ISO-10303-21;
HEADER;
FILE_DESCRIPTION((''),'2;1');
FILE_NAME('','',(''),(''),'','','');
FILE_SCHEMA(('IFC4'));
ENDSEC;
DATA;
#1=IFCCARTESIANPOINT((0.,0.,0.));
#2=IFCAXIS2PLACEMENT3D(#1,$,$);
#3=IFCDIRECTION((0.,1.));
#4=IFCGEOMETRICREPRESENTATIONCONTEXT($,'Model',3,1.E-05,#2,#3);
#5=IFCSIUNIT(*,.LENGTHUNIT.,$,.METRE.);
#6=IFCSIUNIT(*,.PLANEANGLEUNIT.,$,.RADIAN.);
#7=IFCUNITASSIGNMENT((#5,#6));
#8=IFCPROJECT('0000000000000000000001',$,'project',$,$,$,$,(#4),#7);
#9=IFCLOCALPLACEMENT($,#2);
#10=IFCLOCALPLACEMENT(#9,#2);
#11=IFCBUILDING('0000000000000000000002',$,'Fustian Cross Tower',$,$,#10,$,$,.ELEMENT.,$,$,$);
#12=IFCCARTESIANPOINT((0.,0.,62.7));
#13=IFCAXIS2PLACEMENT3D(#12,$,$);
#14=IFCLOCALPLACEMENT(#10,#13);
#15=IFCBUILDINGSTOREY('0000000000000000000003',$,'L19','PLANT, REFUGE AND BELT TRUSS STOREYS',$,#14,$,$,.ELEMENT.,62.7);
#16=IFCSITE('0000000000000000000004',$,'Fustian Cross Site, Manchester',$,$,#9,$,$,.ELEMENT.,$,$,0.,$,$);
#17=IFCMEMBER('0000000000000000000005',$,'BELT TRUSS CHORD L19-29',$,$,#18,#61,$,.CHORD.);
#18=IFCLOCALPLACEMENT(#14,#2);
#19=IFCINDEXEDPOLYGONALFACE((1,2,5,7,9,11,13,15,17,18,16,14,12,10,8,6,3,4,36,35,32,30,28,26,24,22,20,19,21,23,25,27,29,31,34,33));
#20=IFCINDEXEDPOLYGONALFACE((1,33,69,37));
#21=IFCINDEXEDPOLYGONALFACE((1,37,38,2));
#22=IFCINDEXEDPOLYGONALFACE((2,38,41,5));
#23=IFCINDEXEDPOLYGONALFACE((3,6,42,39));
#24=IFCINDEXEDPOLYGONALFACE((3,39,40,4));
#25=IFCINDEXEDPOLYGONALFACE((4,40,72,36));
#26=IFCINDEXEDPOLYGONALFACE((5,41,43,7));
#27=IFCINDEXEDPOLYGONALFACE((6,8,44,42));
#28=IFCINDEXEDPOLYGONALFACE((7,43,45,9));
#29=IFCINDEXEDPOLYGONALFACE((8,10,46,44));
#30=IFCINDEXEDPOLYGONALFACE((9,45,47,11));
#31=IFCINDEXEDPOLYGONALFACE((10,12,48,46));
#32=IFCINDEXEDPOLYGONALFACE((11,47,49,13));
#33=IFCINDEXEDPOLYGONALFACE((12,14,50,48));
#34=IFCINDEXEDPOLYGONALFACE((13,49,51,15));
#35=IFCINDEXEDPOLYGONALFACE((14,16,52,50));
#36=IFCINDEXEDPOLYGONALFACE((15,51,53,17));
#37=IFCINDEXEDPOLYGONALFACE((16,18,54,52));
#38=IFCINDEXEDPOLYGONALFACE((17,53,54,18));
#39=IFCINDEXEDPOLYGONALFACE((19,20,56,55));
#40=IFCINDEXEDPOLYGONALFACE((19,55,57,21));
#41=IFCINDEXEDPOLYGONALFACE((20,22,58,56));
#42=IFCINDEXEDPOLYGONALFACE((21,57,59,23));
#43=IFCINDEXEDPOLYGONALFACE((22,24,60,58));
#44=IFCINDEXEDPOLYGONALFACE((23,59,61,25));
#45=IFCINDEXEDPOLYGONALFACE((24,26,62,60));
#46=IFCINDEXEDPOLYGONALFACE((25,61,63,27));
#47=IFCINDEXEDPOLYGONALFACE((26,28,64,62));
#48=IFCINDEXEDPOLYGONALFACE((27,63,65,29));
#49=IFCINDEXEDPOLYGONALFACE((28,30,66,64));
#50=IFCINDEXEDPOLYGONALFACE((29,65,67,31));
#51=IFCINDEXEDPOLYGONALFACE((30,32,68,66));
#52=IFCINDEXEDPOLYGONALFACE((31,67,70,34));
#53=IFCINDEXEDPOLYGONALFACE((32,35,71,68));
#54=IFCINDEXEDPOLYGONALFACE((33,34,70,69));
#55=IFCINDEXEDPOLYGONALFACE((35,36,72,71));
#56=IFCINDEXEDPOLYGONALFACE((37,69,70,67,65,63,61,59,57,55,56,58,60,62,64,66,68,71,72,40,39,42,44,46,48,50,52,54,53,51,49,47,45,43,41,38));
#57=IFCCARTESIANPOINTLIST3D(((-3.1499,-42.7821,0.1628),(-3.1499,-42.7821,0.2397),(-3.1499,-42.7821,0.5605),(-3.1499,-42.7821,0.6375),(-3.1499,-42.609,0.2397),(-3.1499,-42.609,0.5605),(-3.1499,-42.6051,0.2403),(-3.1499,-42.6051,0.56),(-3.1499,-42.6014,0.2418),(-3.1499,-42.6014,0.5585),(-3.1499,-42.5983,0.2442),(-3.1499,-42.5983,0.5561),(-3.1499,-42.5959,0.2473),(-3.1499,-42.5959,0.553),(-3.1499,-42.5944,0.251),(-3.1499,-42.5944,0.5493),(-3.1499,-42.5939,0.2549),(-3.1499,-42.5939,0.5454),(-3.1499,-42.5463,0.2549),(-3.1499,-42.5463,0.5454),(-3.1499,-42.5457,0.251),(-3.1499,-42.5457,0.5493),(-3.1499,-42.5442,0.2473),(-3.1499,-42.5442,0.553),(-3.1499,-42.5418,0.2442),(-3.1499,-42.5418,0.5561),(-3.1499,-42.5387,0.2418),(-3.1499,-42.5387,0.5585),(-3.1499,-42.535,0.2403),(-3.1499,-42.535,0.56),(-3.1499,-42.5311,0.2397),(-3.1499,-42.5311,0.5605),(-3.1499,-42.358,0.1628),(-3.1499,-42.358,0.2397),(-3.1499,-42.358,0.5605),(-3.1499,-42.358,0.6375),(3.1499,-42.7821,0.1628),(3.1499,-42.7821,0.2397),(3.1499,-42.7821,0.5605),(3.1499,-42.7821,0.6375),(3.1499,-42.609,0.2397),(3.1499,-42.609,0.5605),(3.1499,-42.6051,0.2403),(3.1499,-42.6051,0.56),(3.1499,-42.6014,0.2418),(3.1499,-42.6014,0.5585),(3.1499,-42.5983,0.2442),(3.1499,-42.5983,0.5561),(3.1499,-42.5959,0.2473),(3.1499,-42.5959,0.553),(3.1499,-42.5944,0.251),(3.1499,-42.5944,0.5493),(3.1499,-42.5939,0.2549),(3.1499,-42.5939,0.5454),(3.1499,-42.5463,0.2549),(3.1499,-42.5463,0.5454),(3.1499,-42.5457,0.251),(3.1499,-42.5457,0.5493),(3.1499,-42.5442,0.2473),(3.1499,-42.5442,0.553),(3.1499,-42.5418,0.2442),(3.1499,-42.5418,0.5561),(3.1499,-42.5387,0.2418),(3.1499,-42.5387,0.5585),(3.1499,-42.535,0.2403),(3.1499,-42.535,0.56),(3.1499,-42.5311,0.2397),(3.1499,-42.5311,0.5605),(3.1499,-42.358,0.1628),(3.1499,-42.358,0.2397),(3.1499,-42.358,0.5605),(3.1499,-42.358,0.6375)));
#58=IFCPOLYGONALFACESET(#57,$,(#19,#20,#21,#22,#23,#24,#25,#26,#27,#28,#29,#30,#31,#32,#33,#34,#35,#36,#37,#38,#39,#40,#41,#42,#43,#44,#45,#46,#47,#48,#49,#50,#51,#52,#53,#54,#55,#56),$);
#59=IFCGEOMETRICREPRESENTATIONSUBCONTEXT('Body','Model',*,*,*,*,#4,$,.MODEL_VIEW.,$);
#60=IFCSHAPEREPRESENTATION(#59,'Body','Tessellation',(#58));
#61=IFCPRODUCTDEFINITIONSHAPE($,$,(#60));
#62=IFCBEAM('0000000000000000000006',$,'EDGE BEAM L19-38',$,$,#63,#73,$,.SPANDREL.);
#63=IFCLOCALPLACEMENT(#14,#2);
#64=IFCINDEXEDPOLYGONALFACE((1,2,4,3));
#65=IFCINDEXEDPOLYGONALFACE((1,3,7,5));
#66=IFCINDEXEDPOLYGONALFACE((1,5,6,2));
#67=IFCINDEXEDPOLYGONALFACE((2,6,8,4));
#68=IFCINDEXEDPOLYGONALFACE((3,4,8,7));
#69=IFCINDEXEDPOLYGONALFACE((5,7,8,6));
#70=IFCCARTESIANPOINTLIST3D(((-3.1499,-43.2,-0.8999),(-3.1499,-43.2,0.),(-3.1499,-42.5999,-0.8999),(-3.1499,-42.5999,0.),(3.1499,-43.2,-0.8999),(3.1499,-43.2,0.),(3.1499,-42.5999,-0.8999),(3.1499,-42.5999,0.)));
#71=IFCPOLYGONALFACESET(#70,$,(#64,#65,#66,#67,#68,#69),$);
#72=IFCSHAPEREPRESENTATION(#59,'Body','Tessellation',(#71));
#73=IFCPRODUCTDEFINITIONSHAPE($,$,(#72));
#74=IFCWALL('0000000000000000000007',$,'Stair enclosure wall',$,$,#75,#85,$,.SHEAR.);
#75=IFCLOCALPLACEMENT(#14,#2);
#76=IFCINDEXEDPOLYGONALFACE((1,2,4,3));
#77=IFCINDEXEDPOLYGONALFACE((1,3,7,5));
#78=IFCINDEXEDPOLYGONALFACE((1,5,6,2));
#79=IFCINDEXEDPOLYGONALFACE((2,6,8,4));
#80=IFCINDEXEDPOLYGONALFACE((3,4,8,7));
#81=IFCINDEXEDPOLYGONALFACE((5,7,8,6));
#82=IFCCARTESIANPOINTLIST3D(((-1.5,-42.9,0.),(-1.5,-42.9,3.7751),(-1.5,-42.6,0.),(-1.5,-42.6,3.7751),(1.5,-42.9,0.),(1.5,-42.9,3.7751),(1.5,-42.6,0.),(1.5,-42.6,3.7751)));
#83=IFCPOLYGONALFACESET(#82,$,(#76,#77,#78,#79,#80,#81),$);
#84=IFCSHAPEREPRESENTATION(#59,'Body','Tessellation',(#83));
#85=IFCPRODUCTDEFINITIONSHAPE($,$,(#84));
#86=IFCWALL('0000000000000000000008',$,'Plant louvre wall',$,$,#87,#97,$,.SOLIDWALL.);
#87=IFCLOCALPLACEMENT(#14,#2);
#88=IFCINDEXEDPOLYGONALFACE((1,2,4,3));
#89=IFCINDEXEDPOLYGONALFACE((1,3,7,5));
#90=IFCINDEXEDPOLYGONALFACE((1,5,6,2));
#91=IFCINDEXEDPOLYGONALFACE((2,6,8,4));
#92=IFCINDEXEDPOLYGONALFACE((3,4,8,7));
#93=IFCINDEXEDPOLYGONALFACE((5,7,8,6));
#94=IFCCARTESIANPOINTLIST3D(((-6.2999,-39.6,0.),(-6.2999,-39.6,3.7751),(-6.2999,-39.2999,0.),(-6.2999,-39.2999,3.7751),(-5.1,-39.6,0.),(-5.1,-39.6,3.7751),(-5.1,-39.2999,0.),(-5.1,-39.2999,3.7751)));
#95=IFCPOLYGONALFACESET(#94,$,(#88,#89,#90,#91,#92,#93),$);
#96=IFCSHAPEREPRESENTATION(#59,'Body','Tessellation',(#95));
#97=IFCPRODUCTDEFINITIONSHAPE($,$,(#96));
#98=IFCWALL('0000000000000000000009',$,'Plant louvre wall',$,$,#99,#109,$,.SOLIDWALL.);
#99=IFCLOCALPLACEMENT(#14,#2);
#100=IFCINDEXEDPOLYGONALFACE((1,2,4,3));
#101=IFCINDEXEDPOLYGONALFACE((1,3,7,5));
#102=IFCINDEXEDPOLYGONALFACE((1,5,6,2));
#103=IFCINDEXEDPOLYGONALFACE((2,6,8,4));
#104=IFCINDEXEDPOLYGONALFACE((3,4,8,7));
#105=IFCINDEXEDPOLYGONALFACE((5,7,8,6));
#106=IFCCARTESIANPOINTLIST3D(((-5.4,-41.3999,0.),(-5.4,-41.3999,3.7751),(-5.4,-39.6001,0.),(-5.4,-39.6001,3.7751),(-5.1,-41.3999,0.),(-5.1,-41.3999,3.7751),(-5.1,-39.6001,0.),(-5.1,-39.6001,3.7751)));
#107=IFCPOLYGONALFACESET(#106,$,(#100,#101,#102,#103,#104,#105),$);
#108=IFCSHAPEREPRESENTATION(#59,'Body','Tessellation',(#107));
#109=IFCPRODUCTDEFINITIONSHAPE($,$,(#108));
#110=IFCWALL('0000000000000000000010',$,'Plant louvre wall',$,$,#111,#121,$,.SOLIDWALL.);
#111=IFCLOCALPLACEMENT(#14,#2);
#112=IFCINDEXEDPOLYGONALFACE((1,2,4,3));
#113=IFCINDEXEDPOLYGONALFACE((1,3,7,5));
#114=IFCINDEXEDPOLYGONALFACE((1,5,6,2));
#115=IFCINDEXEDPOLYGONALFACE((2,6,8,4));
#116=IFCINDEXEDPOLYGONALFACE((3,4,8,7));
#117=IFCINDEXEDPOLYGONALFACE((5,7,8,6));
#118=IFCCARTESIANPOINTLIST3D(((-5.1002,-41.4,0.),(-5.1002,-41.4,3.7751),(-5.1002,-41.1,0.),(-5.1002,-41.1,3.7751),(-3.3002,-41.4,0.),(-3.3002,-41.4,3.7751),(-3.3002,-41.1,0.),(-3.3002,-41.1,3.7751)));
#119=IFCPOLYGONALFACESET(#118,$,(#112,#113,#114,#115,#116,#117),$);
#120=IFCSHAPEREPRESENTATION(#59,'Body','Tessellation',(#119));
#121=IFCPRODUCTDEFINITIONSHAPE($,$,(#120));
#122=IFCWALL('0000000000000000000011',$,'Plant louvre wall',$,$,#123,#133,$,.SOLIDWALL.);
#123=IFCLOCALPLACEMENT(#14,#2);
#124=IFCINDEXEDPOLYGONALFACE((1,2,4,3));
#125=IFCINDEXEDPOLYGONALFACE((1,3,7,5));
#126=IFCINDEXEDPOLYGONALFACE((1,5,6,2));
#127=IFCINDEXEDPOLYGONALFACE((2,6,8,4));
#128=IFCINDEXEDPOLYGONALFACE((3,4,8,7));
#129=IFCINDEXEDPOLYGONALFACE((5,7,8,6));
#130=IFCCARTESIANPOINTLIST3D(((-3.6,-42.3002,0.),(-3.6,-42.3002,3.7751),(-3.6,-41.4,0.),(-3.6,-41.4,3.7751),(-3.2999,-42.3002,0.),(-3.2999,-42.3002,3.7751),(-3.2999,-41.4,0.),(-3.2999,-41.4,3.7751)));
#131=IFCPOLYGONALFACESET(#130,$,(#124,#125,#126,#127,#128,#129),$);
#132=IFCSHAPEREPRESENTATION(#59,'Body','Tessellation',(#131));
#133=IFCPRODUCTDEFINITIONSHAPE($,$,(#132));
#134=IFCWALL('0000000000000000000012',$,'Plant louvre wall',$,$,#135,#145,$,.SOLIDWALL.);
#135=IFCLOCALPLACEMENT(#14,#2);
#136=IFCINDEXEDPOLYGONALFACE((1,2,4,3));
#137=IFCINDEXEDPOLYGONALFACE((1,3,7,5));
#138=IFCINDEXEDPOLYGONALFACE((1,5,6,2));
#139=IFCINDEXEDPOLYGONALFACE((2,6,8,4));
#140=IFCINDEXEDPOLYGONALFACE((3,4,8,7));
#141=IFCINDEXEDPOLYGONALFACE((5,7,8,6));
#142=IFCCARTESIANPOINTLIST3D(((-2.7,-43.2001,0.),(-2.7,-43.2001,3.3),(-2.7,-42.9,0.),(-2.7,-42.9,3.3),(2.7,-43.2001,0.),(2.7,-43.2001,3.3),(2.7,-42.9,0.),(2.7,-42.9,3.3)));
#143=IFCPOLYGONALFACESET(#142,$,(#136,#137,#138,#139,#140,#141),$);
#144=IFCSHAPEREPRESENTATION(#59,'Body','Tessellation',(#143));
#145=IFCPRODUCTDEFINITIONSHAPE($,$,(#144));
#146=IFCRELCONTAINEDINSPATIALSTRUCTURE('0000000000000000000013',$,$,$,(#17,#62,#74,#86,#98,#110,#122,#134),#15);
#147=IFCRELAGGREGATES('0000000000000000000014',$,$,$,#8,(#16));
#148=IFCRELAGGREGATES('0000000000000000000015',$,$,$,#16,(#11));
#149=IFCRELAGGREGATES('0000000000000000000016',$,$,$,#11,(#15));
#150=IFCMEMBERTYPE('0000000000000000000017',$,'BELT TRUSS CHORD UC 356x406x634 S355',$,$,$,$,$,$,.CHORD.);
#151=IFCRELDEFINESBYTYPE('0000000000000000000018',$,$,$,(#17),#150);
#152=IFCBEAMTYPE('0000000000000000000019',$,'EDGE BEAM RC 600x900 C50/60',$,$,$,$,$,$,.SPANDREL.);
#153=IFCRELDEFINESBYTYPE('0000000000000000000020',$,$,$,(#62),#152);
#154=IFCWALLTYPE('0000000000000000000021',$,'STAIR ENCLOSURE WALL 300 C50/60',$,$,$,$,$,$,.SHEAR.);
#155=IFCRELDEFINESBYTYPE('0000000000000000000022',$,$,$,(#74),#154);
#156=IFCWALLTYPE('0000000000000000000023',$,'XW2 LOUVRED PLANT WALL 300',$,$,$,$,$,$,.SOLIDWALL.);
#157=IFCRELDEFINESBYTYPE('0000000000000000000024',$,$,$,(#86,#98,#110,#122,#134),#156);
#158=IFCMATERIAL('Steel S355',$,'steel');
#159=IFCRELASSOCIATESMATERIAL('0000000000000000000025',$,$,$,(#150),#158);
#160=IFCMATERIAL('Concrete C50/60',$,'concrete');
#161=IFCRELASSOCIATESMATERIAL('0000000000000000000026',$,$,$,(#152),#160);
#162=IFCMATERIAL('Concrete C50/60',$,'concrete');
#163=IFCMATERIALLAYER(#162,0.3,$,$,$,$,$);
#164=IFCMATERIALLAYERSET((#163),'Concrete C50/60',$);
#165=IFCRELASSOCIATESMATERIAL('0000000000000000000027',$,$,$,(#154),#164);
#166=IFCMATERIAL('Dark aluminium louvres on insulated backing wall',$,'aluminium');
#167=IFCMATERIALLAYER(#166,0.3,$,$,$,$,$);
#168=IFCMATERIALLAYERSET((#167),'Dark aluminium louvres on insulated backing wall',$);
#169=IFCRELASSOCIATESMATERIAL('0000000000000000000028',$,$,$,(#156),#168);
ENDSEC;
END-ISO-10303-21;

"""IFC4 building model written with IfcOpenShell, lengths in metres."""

from ifc_helpers import new_model, si_unit, direction, frame, frame_2d, origin, origin_2d, place, context, subcontext, project, spatial, rectangle, i_section, extrude, material, layer, layer_set, material_profile, profile_set, type_object, element, save


model = new_model("IFC4")

# Units and contexts
model_context = context("Model", 3, precision=1e-05, world=origin(), true_north=direction((0.0, 1.0)))
body_context = subcontext(model_context, "Body", "Model", "MODEL_VIEW")
ifc_project = project(units=[si_unit("LENGTHUNIT", "METRE"), si_unit("PLANEANGLEUNIT", "RADIAN")], contexts=[model_context])

# Site, building, storey
site_placement = place(None, origin())
site = spatial("IfcSite", under=ifc_project, at=site_placement, Name="Fustian Cross Site, Manchester", CompositionType="ELEMENT", RefElevation=0.0)
building_placement = place(site_placement, origin())
building = spatial("IfcBuilding", under=site, at=building_placement, Name="Fustian Cross Tower", CompositionType="ELEMENT")
storey_placement = place(building_placement, frame((0.0, 0.0, 62.7)))
storey = spatial("IfcBuildingStorey", under=building, at=storey_placement, Name="L19", Description="PLANT, REFUGE AND BELT TRUSS STOREYS", CompositionType="ELEMENT", Elevation=62.7)

# Member
ifc_material_1 = material(Name="Steel S355", Category="steel")
ifc_material_profile_1 = material_profile(ifc_material_1, i_section(OverallWidth=0.4241, OverallDepth=0.4746, WebThickness=0.0476, FlangeThickness=0.0769, FilletRadius=0.0151, at=origin_2d()), Name="UC 356x406x634")
ifc_profile_set_1 = profile_set([ifc_material_profile_1], Name="Steel S355")
member_type_1 = type_object("IfcMemberType", Name="BELT TRUSS CHORD UC 356x406x634 S355", PredefinedType="CHORD", material=ifc_profile_set_1)
for number, where, z_axis, x_axis, name in (
    (1, (-3.1499, -42.5701, 0.4001), (1.0, 0.0, 0.0), (0.0, 1.0, 0.0), "BELT TRUSS CHORD L19-29"),
):
    element("IfcMember", number, at=place(storey_placement, frame(where, z_axis=z_axis, x_axis=x_axis)), inside=storey, type_object=member_type_1, Name=name, PredefinedType="CHORD", context=body_context, shape_type="SweptSolid", body=[
        extrude(i_section(OverallWidth=0.4241, OverallDepth=0.4746, WebThickness=0.0476, FlangeThickness=0.0769, FilletRadius=0.0151, at=origin_2d()), origin(), (0.0, 0.0, 1.0), 6.2998),
    ])

# Beam
ifc_material_2 = material(Name="Concrete C50/60", Category="concrete")
ifc_material_profile_2 = material_profile(ifc_material_2, rectangle(XDim=0.6001, YDim=0.8999, at=origin_2d()), Name="RC 600x900")
ifc_profile_set_2 = profile_set([ifc_material_profile_2], Name="Concrete C50/60")
beam_type = type_object("IfcBeamType", Name="EDGE BEAM RC 600x900 C50/60", PredefinedType="SPANDREL", material=ifc_profile_set_2)
beam_placement = place(storey_placement, frame((-3.1499, -42.8999, -0.45), z_axis=(1.0, 0.0, 0.0), x_axis=(0.0, 1.0, 0.0)))
element("IfcBeam", 2, at=beam_placement, inside=storey, type_object=beam_type, Name="EDGE BEAM L19-38", PredefinedType="SPANDREL", context=body_context, shape_type="SweptSolid", body=[
    extrude(rectangle(XDim=0.6001, YDim=0.8999, at=origin_2d()), origin(), (0.0, 0.0, 1.0), 6.2998),
])

# Walls
ifc_material_3 = material(Name="Concrete C50/60", Category="concrete")
ifc_layer_1 = layer(ifc_material_3, 0.3)
ifc_layer_set_1 = layer_set([ifc_layer_1], Name="Concrete C50/60")
wall_type_1 = type_object("IfcWallType", Name="STAIR ENCLOSURE WALL 300 C50/60", PredefinedType="SHEAR", material=ifc_layer_set_1)
wall_1_placement = place(storey_placement, frame((-1.5, -42.75, 0.0), z_axis=(0.0, 0.0, 1.0), x_axis=(1.0, 0.0, 0.0)))
element("IfcWall", 3, at=wall_1_placement, inside=storey, type_object=wall_type_1, Name="Stair enclosure wall", PredefinedType="SHEAR", context=body_context, shape_type="SweptSolid", body=[
    extrude(rectangle(XDim=3.0, YDim=0.3, at=frame_2d((1.5, 0.0))), origin(), (0.0, 0.0, 1.0), 3.7751),
])
ifc_material_4 = material(Name="Dark aluminium louvres on insulated backing wall", Category="aluminium")
ifc_layer_2 = layer(ifc_material_4, 0.3)
ifc_layer_set_2 = layer_set([ifc_layer_2], Name="Dark aluminium louvres on insulated backing wall")
wall_type_2 = type_object("IfcWallType", Name="XW2 LOUVRED PLANT WALL 300", PredefinedType="SOLIDWALL", material=ifc_layer_set_2)
wall_2_placement = place(storey_placement, frame((-6.3, -39.45, 0.0), z_axis=(0.0, 0.0, 1.0), x_axis=(1.0, 0.0, 0.0)))
element("IfcWall", 4, at=wall_2_placement, inside=storey, type_object=wall_type_2, Name="Plant louvre wall", PredefinedType="SOLIDWALL", context=body_context, shape_type="SweptSolid", body=[
    extrude(rectangle(XDim=1.2, YDim=0.3, at=frame_2d((0.6001, 0.0))), origin(), (0.0, 0.0, 1.0), 3.7751),
])
wall_3_placement = place(storey_placement, frame((-5.25, -39.6001, 0.0), z_axis=(0.0, 0.0, 1.0), x_axis=(0.0, -1.0, 0.0)))
element("IfcWall", 5, at=wall_3_placement, inside=storey, type_object=wall_type_2, Name="Plant louvre wall", PredefinedType="SOLIDWALL", context=body_context, shape_type="SweptSolid", body=[
    extrude(rectangle(XDim=1.7998, YDim=0.3, at=frame_2d((0.8999, 0.0))), origin(), (0.0, 0.0, 1.0), 3.7751),
])
wall_4_placement = place(storey_placement, frame((-5.1001, -41.25, 0.0), z_axis=(0.0, 0.0, 1.0), x_axis=(1.0, 0.0, 0.0)))
element("IfcWall", 6, at=wall_4_placement, inside=storey, type_object=wall_type_2, Name="Plant louvre wall", PredefinedType="SOLIDWALL", context=body_context, shape_type="SweptSolid", body=[
    extrude(rectangle(XDim=1.8, YDim=0.3, at=frame_2d((0.8999, 0.0))), origin(), (0.0, 0.0, 1.0), 3.7751),
])
wall_5_placement = place(storey_placement, frame((-3.45, -41.3999, 0.0), z_axis=(0.0, 0.0, 1.0), x_axis=(0.0, -1.0, 0.0)))
element("IfcWall", 7, at=wall_5_placement, inside=storey, type_object=wall_type_2, Name="Plant louvre wall", PredefinedType="SOLIDWALL", context=body_context, shape_type="SweptSolid", body=[
    extrude(rectangle(XDim=0.9001, YDim=0.3, at=frame_2d((0.4502, 0.0))), origin(), (0.0, 0.0, 1.0), 3.7751),
])
wall_6_placement = place(storey_placement, frame((-2.7, -43.05, 0.0), z_axis=(0.0, 0.0, 1.0), x_axis=(1.0, 0.0, 0.0)))
element("IfcWall", 8, at=wall_6_placement, inside=storey, type_object=wall_type_2, Name="Plant louvre wall", PredefinedType="SOLIDWALL", context=body_context, shape_type="SweptSolid", body=[
    extrude(rectangle(XDim=5.3999, YDim=0.3, at=frame_2d((2.7, 0.0))), origin(), (0.0, 0.0, 1.0), 3.3),
])

save(model, "model.ifc")
